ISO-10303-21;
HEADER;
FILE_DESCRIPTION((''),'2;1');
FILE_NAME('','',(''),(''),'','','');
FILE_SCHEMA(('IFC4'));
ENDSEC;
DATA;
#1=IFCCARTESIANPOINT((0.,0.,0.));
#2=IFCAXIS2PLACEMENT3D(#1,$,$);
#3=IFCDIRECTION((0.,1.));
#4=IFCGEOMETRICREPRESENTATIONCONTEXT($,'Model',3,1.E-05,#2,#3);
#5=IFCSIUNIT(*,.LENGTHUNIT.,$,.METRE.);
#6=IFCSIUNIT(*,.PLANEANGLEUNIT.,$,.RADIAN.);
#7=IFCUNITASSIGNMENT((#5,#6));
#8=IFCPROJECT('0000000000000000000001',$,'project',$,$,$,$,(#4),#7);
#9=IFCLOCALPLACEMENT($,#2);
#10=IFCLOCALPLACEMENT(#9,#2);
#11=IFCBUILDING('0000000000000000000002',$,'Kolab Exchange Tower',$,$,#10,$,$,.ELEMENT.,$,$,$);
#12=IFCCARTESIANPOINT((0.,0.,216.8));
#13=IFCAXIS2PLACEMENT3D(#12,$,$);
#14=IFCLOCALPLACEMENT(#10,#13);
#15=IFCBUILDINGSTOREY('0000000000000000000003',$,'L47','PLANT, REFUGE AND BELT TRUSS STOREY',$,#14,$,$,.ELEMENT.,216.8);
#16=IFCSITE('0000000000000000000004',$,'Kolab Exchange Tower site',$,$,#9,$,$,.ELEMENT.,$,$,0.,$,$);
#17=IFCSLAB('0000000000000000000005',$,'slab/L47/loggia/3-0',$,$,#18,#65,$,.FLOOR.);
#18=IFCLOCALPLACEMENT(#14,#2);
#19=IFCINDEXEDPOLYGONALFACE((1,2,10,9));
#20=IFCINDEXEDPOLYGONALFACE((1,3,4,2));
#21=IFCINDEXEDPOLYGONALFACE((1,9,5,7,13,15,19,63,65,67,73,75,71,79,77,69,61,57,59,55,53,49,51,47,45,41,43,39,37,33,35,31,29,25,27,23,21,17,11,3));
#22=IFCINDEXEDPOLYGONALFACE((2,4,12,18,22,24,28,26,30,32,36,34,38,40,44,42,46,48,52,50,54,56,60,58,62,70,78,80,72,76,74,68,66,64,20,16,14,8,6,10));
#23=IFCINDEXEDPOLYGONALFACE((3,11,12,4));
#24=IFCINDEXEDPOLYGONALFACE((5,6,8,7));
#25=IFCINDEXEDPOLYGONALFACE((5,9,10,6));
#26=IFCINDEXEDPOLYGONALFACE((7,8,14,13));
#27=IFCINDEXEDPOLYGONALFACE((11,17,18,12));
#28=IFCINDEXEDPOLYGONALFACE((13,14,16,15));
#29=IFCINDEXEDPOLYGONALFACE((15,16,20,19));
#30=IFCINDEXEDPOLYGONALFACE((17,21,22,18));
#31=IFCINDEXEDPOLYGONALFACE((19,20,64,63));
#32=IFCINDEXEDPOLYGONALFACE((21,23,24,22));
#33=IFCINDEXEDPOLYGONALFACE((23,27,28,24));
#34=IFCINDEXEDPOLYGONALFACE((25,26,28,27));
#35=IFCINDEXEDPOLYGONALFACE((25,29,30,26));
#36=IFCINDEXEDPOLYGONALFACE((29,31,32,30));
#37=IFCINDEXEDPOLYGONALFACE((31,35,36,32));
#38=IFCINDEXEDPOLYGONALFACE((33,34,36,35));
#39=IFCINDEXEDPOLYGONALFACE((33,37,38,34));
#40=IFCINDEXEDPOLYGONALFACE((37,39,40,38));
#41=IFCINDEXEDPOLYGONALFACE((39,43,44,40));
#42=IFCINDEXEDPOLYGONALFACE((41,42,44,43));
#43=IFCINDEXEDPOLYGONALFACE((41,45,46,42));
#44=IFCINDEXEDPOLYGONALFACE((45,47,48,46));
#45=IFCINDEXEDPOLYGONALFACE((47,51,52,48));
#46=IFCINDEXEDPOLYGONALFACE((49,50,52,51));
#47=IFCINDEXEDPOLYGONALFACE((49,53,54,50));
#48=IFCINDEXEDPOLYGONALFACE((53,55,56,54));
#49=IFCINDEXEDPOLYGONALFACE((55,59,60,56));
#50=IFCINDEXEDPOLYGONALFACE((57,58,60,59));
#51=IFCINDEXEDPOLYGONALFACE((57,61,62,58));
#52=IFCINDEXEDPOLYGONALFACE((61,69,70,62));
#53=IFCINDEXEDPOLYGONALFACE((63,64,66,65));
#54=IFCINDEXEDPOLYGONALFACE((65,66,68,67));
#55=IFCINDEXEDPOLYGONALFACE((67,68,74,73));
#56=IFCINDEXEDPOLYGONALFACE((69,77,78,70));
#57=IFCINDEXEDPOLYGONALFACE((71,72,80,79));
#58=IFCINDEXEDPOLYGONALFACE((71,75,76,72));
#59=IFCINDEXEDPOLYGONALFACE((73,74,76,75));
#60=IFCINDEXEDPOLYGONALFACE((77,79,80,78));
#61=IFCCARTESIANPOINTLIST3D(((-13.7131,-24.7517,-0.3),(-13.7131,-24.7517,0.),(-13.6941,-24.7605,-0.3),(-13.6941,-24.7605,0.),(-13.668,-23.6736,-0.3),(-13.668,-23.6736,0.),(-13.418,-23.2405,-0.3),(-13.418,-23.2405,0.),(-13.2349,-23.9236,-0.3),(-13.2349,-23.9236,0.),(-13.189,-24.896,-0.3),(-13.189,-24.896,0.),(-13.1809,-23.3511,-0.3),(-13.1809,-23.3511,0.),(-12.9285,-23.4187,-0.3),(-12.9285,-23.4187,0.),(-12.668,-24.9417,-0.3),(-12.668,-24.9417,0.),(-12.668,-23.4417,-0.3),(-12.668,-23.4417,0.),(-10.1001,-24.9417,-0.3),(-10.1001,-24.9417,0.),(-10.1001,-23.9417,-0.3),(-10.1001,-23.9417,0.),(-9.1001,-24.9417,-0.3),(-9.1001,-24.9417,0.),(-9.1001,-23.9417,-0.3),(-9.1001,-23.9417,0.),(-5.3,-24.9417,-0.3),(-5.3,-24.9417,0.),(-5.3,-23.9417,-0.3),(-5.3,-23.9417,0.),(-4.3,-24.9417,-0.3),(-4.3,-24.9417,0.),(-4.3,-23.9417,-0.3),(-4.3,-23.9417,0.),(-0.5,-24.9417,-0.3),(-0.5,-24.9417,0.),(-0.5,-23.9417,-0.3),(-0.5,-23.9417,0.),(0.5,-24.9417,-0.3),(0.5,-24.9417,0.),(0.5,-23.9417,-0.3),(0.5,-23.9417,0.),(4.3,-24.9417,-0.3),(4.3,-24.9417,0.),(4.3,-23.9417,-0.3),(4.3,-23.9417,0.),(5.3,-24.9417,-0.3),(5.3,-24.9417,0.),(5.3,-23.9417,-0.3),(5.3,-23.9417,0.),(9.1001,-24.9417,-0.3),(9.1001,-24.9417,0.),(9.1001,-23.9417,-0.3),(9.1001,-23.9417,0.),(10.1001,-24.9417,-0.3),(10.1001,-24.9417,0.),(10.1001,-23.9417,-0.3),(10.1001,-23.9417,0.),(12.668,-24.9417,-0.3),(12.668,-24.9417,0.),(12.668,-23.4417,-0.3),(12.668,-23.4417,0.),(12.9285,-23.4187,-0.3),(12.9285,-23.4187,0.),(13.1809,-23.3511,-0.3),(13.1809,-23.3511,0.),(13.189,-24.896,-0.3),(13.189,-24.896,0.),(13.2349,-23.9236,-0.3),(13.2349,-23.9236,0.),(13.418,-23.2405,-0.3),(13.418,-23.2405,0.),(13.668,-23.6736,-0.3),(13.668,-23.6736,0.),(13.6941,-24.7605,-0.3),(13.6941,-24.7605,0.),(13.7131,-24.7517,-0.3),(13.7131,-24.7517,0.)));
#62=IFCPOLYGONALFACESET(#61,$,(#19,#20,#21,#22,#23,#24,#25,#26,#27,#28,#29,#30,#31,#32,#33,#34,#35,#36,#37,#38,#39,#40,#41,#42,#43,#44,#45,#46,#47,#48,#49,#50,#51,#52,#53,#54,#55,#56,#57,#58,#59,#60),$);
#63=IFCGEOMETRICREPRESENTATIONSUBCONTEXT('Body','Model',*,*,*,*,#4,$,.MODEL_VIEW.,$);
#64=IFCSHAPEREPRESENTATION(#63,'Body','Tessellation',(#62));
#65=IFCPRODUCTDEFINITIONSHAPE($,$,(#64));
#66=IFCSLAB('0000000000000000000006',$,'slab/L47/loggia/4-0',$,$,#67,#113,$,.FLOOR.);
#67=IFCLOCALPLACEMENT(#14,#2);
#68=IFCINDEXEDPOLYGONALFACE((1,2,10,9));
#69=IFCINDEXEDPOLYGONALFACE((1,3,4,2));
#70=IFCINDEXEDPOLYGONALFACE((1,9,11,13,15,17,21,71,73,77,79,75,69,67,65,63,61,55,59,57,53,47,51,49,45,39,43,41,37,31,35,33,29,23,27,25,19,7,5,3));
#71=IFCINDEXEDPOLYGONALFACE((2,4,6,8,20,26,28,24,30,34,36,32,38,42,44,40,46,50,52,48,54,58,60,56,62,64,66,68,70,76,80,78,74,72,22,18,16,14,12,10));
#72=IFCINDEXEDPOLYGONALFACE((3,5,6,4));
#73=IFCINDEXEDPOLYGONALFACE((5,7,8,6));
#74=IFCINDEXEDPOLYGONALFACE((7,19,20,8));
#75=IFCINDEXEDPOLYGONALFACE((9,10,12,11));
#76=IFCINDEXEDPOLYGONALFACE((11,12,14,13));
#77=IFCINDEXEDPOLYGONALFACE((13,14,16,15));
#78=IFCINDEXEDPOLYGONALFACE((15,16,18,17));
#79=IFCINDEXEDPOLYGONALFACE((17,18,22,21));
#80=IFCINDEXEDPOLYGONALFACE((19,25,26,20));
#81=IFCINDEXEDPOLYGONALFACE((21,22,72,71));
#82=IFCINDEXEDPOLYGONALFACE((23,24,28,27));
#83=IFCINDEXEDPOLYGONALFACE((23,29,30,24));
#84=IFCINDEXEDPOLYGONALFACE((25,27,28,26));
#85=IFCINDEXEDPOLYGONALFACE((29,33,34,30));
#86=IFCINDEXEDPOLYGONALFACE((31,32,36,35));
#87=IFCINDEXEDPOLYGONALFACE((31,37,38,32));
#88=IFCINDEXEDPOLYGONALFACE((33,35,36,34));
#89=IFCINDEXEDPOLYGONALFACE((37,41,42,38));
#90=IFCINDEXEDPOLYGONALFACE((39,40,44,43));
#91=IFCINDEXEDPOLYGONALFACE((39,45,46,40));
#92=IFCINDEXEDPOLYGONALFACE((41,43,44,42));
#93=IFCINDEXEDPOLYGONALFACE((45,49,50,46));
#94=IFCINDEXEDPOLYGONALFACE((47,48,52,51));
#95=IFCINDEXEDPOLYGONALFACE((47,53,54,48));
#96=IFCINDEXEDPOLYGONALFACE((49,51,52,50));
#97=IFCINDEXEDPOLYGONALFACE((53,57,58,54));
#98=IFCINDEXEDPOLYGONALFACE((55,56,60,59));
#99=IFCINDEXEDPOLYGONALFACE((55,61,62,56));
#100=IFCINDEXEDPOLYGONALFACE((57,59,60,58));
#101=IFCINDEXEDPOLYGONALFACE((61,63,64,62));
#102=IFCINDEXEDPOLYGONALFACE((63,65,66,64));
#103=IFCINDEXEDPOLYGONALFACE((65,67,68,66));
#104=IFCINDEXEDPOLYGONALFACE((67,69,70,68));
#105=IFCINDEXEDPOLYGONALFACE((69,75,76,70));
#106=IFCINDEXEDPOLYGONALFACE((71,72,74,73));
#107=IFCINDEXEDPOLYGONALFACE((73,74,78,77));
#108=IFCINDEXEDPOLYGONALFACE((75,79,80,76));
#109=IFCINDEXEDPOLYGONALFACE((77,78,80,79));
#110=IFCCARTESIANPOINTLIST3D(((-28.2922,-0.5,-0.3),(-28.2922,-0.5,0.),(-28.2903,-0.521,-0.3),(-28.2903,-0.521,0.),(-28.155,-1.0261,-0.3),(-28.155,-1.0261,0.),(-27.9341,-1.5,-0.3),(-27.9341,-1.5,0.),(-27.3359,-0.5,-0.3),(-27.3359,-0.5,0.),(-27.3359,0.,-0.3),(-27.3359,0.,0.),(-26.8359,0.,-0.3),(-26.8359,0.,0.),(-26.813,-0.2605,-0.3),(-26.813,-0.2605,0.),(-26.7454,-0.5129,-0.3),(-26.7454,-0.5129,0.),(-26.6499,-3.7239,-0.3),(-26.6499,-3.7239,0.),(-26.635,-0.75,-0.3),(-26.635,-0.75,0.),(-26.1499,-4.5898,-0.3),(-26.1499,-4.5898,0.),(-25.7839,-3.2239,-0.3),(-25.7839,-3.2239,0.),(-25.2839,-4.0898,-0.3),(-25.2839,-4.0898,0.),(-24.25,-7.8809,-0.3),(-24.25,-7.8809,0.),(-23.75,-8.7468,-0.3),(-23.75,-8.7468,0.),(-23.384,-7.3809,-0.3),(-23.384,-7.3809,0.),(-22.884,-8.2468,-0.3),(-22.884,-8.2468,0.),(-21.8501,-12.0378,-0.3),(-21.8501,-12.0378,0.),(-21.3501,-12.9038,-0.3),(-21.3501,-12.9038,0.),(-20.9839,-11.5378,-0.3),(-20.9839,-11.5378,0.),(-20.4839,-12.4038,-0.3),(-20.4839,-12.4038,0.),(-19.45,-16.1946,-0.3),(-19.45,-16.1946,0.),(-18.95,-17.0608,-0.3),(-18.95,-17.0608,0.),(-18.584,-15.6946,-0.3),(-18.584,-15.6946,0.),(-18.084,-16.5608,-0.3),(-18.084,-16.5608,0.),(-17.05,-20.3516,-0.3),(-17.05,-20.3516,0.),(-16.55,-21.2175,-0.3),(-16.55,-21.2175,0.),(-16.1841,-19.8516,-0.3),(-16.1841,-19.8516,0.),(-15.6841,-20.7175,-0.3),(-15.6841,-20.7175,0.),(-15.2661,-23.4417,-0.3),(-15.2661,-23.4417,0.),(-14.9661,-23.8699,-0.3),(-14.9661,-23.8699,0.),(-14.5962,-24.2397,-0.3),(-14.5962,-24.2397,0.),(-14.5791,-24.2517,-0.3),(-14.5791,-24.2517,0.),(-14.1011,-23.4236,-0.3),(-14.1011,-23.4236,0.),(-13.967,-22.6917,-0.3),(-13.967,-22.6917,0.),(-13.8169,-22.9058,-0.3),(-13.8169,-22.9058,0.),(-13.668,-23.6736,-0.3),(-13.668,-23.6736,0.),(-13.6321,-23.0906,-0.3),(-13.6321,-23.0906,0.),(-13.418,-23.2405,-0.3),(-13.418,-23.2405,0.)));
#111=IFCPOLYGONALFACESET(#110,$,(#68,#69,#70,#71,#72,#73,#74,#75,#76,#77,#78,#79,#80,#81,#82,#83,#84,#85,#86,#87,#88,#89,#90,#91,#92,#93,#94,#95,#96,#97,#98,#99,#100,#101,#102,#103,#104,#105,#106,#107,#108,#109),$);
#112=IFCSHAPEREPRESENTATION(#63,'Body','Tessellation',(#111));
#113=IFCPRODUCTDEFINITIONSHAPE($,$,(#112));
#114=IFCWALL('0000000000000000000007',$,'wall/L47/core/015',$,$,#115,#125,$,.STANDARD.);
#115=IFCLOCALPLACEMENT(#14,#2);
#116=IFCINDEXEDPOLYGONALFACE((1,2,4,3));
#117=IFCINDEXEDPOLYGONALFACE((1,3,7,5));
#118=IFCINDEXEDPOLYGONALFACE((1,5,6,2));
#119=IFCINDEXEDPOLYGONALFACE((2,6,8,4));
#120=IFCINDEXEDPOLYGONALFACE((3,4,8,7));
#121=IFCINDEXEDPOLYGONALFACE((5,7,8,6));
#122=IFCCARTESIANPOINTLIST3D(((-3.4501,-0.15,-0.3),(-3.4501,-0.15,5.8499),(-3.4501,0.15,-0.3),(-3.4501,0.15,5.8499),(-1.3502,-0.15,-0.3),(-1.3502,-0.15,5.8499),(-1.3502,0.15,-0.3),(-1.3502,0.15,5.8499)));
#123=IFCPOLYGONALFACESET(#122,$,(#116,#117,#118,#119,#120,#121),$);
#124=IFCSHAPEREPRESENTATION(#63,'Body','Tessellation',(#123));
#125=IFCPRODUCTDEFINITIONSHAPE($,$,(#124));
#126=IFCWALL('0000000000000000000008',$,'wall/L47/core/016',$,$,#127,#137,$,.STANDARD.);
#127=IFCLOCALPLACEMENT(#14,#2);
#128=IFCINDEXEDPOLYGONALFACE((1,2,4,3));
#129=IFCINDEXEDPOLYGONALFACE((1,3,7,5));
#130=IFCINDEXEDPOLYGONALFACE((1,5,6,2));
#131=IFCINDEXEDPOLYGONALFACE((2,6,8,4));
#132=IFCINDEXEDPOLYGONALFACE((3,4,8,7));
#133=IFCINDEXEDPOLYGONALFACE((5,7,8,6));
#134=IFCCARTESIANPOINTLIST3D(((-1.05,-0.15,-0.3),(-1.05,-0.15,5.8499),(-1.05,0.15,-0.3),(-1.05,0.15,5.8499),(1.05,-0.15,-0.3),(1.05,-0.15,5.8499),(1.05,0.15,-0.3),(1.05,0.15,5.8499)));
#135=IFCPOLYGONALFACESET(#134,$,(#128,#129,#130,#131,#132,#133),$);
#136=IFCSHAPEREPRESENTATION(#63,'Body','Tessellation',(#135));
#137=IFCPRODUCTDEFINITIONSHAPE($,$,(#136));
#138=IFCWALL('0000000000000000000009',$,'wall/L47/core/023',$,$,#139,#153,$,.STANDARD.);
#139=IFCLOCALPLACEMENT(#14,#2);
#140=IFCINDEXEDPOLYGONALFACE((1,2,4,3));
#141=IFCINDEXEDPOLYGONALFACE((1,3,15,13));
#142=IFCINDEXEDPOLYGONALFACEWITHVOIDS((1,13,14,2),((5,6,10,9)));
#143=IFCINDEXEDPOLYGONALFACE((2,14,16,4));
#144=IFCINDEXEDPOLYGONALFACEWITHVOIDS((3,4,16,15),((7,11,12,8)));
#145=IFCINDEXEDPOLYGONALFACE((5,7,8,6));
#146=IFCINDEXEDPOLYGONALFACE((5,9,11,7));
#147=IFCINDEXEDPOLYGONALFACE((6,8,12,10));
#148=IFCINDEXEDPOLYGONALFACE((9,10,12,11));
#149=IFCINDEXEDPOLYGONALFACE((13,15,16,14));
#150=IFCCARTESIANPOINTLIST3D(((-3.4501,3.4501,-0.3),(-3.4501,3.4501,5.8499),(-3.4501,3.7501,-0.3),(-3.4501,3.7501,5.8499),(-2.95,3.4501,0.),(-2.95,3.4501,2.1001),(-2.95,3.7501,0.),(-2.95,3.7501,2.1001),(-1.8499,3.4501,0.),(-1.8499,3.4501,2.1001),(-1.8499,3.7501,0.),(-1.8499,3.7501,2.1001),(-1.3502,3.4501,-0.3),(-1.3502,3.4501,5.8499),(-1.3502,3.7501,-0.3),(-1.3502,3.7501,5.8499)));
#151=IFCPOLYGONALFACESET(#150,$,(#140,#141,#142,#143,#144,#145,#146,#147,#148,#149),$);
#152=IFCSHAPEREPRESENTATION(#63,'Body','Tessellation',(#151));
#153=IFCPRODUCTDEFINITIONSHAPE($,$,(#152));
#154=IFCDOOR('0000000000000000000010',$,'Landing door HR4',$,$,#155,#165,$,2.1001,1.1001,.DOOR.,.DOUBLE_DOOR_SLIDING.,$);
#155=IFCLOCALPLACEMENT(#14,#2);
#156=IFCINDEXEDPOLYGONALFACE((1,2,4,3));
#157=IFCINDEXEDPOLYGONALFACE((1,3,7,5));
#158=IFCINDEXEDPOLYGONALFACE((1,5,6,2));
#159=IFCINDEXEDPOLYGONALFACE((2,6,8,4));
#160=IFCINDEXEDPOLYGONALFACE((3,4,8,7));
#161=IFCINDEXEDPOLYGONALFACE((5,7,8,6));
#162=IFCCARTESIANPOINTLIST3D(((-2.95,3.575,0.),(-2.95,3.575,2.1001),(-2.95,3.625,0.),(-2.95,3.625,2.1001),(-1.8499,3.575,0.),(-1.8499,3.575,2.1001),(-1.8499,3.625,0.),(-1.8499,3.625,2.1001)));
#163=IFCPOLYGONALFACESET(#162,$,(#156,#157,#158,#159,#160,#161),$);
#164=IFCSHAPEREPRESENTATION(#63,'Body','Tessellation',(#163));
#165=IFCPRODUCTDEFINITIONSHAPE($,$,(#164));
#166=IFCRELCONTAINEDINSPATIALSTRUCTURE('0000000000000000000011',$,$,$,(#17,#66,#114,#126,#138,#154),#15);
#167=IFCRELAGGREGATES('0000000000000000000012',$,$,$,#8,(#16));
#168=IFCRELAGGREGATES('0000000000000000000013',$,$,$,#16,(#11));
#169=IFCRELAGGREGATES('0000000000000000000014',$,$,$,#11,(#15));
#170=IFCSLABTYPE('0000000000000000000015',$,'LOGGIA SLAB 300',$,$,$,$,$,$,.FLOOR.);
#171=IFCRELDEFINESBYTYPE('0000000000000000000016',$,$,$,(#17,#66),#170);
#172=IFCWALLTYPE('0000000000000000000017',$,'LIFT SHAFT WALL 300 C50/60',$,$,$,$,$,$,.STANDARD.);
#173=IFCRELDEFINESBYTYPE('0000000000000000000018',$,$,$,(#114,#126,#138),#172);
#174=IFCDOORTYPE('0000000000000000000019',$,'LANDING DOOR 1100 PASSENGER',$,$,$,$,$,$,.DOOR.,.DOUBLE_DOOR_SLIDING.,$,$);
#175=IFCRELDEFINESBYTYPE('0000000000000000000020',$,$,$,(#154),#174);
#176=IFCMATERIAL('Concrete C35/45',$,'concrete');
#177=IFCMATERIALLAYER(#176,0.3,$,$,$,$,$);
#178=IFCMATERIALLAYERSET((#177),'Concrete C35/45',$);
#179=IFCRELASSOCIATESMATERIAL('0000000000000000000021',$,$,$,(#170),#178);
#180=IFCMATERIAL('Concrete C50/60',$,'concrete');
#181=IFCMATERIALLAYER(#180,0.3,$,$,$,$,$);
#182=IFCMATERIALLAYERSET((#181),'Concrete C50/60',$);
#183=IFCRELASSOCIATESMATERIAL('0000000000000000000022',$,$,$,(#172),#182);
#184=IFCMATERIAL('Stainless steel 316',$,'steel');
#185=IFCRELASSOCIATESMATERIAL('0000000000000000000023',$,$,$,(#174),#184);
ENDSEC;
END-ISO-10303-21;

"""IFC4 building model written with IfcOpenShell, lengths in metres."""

from ifc_helpers import new_model, si_unit, direction, frame, frame_2d, origin, place, context, subcontext, project, spatial, polyline, rectangle, outline, extrude, material, layer, layer_set, type_object, element, fill, save


model = new_model("IFC4")

# Units and contexts
model_context = context("Model", 3, precision=1e-05, world=origin(), true_north=direction((0.0, 1.0)))
body_context = subcontext(model_context, "Body", "Model", "MODEL_VIEW")
ifc_project = project(units=[si_unit("LENGTHUNIT", "METRE"), si_unit("PLANEANGLEUNIT", "RADIAN")], contexts=[model_context])

# Site, building, storey
site_placement = place(None, origin())
site = spatial("IfcSite", under=ifc_project, at=site_placement, Name="Kolab Exchange Tower site", CompositionType="ELEMENT", RefElevation=0.0)
building_placement = place(site_placement, origin())
building = spatial("IfcBuilding", under=site, at=building_placement, Name="Kolab Exchange Tower", CompositionType="ELEMENT")
storey_placement = place(building_placement, frame((0.0, 0.0, 216.8)))
storey = spatial("IfcBuildingStorey", under=building, at=storey_placement, Name="L47", Description="PLANT, REFUGE AND BELT TRUSS STOREY", CompositionType="ELEMENT", Elevation=216.8)

# Slabs
ifc_material_1 = material(Name="Concrete C35/45", Category="concrete")
ifc_layer_1 = layer(ifc_material_1, 0.3)
ifc_layer_set_1 = layer_set([ifc_layer_1], Name="Concrete C35/45")
slab_type_1 = type_object("IfcSlabType", Name="LOGGIA SLAB 300", PredefinedType="FLOOR", material=ifc_layer_set_1)
slab_1_placement = place(storey_placement, frame((0.0, 0.0, -0.3)))
element("IfcSlab", 1, at=slab_1_placement, inside=storey, type_object=slab_type_1, Name="slab/L47/loggia/3-0", PredefinedType="FLOOR", context=body_context, shape_type="SweptSolid", body=[
    extrude(outline(polyline([(-13.418, -23.2405), (-13.668, -23.6736), (-13.2349, -23.9236), (-13.7131, -24.7517), (-13.6941, -24.7605), (-13.189, -24.896), (-12.668, -24.9417), (-10.1001, -24.9417), (-10.1001, -23.9417), (-9.1001, -23.9417), (-9.1001, -24.9417), (-5.3, -24.9417), (-5.3, -23.9417), (-4.3, -23.9417), (-4.3, -24.9417), (-0.5, -24.9417), (-0.5, -23.9417), (0.5, -23.9417), (0.5, -24.9417), (4.3, -24.9417), (4.3, -23.9417), (5.3, -23.9417), (5.3, -24.9417), (9.1001, -24.9417), (9.1001, -23.9417), (10.1001, -23.9417), (10.1001, -24.9417), (12.668, -24.9417), (13.189, -24.896), (13.6941, -24.7605), (13.7131, -24.7517), (13.2349, -23.9236), (13.668, -23.6736), (13.418, -23.2405), (13.1809, -23.3511), (12.9285, -23.4187), (12.668, -23.4417), (-12.668, -23.4417), (-12.9285, -23.4187), (-13.1809, -23.3511), (-13.418, -23.2405)])), origin(), (0.0, 0.0, 1.0), 0.3),
])
slab_2_placement = place(storey_placement, frame((0.0, 0.0, -0.3)))
element("IfcSlab", 2, at=slab_2_placement, inside=storey, type_object=slab_type_1, Name="slab/L47/loggia/4-0", PredefinedType="FLOOR", context=body_context, shape_type="SweptSolid", body=[
    extrude(outline(polyline([(-26.8359, 0.0), (-27.3359, 0.0), (-27.3359, -0.5), (-28.2922, -0.5), (-28.2903, -0.521), (-28.155, -1.0261), (-27.9341, -1.5), (-26.6499, -3.7239), (-25.7839, -3.2239), (-25.2839, -4.0898), (-26.1499, -4.5898), (-24.25, -7.8809), (-23.384, -7.3809), (-22.884, -8.2468), (-23.75, -8.7468), (-21.8501, -12.0378), (-20.9839, -11.5378), (-20.4839, -12.4038), (-21.3501, -12.9038), (-19.45, -16.1946), (-18.584, -15.6946), (-18.084, -16.5608), (-18.95, -17.0608), (-17.05, -20.3516), (-16.1841, -19.8516), (-15.6841, -20.7175), (-16.55, -21.2175), (-15.2661, -23.4417), (-14.9661, -23.8699), (-14.5962, -24.2397), (-14.5791, -24.2517), (-14.1011, -23.4236), (-13.668, -23.6736), (-13.418, -23.2405), (-13.6321, -23.0906), (-13.8169, -22.9058), (-13.967, -22.6917), (-26.635, -0.75), (-26.7454, -0.5129), (-26.813, -0.2605), (-26.8359, 0.0)])), origin(), (0.0, 0.0, 1.0), 0.3),
])

# Walls
ifc_material_2 = material(Name="Concrete C50/60", Category="concrete")
ifc_layer_2 = layer(ifc_material_2, 0.3)
ifc_layer_set_2 = layer_set([ifc_layer_2], Name="Concrete C50/60")
wall_type_1 = type_object("IfcWallType", Name="LIFT SHAFT WALL 300 C50/60", PredefinedType="STANDARD", material=ifc_layer_set_2)
wall_1_placement = place(storey_placement, frame((-3.45, 0.0, -0.3), z_axis=(0.0, 0.0, 1.0), x_axis=(1.0, 0.0, 0.0)))
element("IfcWall", 3, at=wall_1_placement, inside=storey, type_object=wall_type_1, Name="wall/L47/core/015", PredefinedType="STANDARD", context=body_context, shape_type="SweptSolid", body=[
    extrude(rectangle(XDim=2.0999, YDim=0.3, at=frame_2d((1.0498, 0.0))), origin(), (0.0, 0.0, 1.0), 6.1499),
])
wall_2_placement = place(storey_placement, frame((-1.05, 0.0, -0.3), z_axis=(0.0, 0.0, 1.0), x_axis=(1.0, 0.0, 0.0)))
element("IfcWall", 4, at=wall_2_placement, inside=storey, type_object=wall_type_1, Name="wall/L47/core/016", PredefinedType="STANDARD", context=body_context, shape_type="SweptSolid", body=[
    extrude(rectangle(XDim=2.1001, YDim=0.3, at=frame_2d((1.05, 0.0))), origin(), (0.0, 0.0, 1.0), 6.1499),
])

# Wall, opening, door
wall_3_placement = place(storey_placement, frame((-3.45, 3.6001, -0.3), z_axis=(0.0, 0.0, 1.0), x_axis=(1.0, 0.0, 0.0)))
wall_3 = element("IfcWall", 5, at=wall_3_placement, inside=storey, type_object=wall_type_1, Name="wall/L47/core/023", PredefinedType="STANDARD", context=body_context, shape_type="SweptSolid", body=[
    extrude(rectangle(XDim=2.0999, YDim=0.3, at=frame_2d((1.0498, 0.0))), origin(), (0.0, 0.0, 1.0), 6.1499),
])
opening_1_placement = place(wall_3_placement, frame((0.5, 0.0, 0.3)))
opening_1 = element("IfcOpeningElement", 6, at=opening_1_placement, cuts=wall_3, PredefinedType="OPENING", context=body_context, shape_type="SweptSolid", body=[
    extrude(rectangle(XDim=1.1001, YDim=2.1001, at=frame_2d((0.55, 1.05))), frame((0.0, 0.1602, 0.0), z_axis=(0.0, -1.0, 0.0), x_axis=(1.0, 0.0, 0.0)), (0.0, 0.0, 1.0), 0.3201),
])
ifc_material_3 = material(Name="Stainless steel 316", Category="steel")
door_type_1 = type_object("IfcDoorType", Name="LANDING DOOR 1100 PASSENGER", OperationType="DOUBLE_DOOR_SLIDING", PredefinedType="DOOR", material=ifc_material_3)
door_1_placement = place(opening_1_placement, origin())
door_1 = element("IfcDoor", 7, at=door_1_placement, inside=storey, type_object=door_type_1, Name="Landing door HR4", OperationType="DOUBLE_DOOR_SLIDING", OverallHeight=2.1001, OverallWidth=1.1001, PredefinedType="DOOR", context=body_context, shape_type="SweptSolid", body=[
    extrude(rectangle(XDim=1.1001, YDim=2.1001, at=frame_2d((0.55, 1.05))), frame((0.0, 0.0249, 0.0), z_axis=(0.0, -1.0, 0.0), x_axis=(1.0, 0.0, 0.0)), (0.0, 0.0, 1.0), 0.05),
])
fill(opening_1, door_1)

save(model, "model.ifc")
